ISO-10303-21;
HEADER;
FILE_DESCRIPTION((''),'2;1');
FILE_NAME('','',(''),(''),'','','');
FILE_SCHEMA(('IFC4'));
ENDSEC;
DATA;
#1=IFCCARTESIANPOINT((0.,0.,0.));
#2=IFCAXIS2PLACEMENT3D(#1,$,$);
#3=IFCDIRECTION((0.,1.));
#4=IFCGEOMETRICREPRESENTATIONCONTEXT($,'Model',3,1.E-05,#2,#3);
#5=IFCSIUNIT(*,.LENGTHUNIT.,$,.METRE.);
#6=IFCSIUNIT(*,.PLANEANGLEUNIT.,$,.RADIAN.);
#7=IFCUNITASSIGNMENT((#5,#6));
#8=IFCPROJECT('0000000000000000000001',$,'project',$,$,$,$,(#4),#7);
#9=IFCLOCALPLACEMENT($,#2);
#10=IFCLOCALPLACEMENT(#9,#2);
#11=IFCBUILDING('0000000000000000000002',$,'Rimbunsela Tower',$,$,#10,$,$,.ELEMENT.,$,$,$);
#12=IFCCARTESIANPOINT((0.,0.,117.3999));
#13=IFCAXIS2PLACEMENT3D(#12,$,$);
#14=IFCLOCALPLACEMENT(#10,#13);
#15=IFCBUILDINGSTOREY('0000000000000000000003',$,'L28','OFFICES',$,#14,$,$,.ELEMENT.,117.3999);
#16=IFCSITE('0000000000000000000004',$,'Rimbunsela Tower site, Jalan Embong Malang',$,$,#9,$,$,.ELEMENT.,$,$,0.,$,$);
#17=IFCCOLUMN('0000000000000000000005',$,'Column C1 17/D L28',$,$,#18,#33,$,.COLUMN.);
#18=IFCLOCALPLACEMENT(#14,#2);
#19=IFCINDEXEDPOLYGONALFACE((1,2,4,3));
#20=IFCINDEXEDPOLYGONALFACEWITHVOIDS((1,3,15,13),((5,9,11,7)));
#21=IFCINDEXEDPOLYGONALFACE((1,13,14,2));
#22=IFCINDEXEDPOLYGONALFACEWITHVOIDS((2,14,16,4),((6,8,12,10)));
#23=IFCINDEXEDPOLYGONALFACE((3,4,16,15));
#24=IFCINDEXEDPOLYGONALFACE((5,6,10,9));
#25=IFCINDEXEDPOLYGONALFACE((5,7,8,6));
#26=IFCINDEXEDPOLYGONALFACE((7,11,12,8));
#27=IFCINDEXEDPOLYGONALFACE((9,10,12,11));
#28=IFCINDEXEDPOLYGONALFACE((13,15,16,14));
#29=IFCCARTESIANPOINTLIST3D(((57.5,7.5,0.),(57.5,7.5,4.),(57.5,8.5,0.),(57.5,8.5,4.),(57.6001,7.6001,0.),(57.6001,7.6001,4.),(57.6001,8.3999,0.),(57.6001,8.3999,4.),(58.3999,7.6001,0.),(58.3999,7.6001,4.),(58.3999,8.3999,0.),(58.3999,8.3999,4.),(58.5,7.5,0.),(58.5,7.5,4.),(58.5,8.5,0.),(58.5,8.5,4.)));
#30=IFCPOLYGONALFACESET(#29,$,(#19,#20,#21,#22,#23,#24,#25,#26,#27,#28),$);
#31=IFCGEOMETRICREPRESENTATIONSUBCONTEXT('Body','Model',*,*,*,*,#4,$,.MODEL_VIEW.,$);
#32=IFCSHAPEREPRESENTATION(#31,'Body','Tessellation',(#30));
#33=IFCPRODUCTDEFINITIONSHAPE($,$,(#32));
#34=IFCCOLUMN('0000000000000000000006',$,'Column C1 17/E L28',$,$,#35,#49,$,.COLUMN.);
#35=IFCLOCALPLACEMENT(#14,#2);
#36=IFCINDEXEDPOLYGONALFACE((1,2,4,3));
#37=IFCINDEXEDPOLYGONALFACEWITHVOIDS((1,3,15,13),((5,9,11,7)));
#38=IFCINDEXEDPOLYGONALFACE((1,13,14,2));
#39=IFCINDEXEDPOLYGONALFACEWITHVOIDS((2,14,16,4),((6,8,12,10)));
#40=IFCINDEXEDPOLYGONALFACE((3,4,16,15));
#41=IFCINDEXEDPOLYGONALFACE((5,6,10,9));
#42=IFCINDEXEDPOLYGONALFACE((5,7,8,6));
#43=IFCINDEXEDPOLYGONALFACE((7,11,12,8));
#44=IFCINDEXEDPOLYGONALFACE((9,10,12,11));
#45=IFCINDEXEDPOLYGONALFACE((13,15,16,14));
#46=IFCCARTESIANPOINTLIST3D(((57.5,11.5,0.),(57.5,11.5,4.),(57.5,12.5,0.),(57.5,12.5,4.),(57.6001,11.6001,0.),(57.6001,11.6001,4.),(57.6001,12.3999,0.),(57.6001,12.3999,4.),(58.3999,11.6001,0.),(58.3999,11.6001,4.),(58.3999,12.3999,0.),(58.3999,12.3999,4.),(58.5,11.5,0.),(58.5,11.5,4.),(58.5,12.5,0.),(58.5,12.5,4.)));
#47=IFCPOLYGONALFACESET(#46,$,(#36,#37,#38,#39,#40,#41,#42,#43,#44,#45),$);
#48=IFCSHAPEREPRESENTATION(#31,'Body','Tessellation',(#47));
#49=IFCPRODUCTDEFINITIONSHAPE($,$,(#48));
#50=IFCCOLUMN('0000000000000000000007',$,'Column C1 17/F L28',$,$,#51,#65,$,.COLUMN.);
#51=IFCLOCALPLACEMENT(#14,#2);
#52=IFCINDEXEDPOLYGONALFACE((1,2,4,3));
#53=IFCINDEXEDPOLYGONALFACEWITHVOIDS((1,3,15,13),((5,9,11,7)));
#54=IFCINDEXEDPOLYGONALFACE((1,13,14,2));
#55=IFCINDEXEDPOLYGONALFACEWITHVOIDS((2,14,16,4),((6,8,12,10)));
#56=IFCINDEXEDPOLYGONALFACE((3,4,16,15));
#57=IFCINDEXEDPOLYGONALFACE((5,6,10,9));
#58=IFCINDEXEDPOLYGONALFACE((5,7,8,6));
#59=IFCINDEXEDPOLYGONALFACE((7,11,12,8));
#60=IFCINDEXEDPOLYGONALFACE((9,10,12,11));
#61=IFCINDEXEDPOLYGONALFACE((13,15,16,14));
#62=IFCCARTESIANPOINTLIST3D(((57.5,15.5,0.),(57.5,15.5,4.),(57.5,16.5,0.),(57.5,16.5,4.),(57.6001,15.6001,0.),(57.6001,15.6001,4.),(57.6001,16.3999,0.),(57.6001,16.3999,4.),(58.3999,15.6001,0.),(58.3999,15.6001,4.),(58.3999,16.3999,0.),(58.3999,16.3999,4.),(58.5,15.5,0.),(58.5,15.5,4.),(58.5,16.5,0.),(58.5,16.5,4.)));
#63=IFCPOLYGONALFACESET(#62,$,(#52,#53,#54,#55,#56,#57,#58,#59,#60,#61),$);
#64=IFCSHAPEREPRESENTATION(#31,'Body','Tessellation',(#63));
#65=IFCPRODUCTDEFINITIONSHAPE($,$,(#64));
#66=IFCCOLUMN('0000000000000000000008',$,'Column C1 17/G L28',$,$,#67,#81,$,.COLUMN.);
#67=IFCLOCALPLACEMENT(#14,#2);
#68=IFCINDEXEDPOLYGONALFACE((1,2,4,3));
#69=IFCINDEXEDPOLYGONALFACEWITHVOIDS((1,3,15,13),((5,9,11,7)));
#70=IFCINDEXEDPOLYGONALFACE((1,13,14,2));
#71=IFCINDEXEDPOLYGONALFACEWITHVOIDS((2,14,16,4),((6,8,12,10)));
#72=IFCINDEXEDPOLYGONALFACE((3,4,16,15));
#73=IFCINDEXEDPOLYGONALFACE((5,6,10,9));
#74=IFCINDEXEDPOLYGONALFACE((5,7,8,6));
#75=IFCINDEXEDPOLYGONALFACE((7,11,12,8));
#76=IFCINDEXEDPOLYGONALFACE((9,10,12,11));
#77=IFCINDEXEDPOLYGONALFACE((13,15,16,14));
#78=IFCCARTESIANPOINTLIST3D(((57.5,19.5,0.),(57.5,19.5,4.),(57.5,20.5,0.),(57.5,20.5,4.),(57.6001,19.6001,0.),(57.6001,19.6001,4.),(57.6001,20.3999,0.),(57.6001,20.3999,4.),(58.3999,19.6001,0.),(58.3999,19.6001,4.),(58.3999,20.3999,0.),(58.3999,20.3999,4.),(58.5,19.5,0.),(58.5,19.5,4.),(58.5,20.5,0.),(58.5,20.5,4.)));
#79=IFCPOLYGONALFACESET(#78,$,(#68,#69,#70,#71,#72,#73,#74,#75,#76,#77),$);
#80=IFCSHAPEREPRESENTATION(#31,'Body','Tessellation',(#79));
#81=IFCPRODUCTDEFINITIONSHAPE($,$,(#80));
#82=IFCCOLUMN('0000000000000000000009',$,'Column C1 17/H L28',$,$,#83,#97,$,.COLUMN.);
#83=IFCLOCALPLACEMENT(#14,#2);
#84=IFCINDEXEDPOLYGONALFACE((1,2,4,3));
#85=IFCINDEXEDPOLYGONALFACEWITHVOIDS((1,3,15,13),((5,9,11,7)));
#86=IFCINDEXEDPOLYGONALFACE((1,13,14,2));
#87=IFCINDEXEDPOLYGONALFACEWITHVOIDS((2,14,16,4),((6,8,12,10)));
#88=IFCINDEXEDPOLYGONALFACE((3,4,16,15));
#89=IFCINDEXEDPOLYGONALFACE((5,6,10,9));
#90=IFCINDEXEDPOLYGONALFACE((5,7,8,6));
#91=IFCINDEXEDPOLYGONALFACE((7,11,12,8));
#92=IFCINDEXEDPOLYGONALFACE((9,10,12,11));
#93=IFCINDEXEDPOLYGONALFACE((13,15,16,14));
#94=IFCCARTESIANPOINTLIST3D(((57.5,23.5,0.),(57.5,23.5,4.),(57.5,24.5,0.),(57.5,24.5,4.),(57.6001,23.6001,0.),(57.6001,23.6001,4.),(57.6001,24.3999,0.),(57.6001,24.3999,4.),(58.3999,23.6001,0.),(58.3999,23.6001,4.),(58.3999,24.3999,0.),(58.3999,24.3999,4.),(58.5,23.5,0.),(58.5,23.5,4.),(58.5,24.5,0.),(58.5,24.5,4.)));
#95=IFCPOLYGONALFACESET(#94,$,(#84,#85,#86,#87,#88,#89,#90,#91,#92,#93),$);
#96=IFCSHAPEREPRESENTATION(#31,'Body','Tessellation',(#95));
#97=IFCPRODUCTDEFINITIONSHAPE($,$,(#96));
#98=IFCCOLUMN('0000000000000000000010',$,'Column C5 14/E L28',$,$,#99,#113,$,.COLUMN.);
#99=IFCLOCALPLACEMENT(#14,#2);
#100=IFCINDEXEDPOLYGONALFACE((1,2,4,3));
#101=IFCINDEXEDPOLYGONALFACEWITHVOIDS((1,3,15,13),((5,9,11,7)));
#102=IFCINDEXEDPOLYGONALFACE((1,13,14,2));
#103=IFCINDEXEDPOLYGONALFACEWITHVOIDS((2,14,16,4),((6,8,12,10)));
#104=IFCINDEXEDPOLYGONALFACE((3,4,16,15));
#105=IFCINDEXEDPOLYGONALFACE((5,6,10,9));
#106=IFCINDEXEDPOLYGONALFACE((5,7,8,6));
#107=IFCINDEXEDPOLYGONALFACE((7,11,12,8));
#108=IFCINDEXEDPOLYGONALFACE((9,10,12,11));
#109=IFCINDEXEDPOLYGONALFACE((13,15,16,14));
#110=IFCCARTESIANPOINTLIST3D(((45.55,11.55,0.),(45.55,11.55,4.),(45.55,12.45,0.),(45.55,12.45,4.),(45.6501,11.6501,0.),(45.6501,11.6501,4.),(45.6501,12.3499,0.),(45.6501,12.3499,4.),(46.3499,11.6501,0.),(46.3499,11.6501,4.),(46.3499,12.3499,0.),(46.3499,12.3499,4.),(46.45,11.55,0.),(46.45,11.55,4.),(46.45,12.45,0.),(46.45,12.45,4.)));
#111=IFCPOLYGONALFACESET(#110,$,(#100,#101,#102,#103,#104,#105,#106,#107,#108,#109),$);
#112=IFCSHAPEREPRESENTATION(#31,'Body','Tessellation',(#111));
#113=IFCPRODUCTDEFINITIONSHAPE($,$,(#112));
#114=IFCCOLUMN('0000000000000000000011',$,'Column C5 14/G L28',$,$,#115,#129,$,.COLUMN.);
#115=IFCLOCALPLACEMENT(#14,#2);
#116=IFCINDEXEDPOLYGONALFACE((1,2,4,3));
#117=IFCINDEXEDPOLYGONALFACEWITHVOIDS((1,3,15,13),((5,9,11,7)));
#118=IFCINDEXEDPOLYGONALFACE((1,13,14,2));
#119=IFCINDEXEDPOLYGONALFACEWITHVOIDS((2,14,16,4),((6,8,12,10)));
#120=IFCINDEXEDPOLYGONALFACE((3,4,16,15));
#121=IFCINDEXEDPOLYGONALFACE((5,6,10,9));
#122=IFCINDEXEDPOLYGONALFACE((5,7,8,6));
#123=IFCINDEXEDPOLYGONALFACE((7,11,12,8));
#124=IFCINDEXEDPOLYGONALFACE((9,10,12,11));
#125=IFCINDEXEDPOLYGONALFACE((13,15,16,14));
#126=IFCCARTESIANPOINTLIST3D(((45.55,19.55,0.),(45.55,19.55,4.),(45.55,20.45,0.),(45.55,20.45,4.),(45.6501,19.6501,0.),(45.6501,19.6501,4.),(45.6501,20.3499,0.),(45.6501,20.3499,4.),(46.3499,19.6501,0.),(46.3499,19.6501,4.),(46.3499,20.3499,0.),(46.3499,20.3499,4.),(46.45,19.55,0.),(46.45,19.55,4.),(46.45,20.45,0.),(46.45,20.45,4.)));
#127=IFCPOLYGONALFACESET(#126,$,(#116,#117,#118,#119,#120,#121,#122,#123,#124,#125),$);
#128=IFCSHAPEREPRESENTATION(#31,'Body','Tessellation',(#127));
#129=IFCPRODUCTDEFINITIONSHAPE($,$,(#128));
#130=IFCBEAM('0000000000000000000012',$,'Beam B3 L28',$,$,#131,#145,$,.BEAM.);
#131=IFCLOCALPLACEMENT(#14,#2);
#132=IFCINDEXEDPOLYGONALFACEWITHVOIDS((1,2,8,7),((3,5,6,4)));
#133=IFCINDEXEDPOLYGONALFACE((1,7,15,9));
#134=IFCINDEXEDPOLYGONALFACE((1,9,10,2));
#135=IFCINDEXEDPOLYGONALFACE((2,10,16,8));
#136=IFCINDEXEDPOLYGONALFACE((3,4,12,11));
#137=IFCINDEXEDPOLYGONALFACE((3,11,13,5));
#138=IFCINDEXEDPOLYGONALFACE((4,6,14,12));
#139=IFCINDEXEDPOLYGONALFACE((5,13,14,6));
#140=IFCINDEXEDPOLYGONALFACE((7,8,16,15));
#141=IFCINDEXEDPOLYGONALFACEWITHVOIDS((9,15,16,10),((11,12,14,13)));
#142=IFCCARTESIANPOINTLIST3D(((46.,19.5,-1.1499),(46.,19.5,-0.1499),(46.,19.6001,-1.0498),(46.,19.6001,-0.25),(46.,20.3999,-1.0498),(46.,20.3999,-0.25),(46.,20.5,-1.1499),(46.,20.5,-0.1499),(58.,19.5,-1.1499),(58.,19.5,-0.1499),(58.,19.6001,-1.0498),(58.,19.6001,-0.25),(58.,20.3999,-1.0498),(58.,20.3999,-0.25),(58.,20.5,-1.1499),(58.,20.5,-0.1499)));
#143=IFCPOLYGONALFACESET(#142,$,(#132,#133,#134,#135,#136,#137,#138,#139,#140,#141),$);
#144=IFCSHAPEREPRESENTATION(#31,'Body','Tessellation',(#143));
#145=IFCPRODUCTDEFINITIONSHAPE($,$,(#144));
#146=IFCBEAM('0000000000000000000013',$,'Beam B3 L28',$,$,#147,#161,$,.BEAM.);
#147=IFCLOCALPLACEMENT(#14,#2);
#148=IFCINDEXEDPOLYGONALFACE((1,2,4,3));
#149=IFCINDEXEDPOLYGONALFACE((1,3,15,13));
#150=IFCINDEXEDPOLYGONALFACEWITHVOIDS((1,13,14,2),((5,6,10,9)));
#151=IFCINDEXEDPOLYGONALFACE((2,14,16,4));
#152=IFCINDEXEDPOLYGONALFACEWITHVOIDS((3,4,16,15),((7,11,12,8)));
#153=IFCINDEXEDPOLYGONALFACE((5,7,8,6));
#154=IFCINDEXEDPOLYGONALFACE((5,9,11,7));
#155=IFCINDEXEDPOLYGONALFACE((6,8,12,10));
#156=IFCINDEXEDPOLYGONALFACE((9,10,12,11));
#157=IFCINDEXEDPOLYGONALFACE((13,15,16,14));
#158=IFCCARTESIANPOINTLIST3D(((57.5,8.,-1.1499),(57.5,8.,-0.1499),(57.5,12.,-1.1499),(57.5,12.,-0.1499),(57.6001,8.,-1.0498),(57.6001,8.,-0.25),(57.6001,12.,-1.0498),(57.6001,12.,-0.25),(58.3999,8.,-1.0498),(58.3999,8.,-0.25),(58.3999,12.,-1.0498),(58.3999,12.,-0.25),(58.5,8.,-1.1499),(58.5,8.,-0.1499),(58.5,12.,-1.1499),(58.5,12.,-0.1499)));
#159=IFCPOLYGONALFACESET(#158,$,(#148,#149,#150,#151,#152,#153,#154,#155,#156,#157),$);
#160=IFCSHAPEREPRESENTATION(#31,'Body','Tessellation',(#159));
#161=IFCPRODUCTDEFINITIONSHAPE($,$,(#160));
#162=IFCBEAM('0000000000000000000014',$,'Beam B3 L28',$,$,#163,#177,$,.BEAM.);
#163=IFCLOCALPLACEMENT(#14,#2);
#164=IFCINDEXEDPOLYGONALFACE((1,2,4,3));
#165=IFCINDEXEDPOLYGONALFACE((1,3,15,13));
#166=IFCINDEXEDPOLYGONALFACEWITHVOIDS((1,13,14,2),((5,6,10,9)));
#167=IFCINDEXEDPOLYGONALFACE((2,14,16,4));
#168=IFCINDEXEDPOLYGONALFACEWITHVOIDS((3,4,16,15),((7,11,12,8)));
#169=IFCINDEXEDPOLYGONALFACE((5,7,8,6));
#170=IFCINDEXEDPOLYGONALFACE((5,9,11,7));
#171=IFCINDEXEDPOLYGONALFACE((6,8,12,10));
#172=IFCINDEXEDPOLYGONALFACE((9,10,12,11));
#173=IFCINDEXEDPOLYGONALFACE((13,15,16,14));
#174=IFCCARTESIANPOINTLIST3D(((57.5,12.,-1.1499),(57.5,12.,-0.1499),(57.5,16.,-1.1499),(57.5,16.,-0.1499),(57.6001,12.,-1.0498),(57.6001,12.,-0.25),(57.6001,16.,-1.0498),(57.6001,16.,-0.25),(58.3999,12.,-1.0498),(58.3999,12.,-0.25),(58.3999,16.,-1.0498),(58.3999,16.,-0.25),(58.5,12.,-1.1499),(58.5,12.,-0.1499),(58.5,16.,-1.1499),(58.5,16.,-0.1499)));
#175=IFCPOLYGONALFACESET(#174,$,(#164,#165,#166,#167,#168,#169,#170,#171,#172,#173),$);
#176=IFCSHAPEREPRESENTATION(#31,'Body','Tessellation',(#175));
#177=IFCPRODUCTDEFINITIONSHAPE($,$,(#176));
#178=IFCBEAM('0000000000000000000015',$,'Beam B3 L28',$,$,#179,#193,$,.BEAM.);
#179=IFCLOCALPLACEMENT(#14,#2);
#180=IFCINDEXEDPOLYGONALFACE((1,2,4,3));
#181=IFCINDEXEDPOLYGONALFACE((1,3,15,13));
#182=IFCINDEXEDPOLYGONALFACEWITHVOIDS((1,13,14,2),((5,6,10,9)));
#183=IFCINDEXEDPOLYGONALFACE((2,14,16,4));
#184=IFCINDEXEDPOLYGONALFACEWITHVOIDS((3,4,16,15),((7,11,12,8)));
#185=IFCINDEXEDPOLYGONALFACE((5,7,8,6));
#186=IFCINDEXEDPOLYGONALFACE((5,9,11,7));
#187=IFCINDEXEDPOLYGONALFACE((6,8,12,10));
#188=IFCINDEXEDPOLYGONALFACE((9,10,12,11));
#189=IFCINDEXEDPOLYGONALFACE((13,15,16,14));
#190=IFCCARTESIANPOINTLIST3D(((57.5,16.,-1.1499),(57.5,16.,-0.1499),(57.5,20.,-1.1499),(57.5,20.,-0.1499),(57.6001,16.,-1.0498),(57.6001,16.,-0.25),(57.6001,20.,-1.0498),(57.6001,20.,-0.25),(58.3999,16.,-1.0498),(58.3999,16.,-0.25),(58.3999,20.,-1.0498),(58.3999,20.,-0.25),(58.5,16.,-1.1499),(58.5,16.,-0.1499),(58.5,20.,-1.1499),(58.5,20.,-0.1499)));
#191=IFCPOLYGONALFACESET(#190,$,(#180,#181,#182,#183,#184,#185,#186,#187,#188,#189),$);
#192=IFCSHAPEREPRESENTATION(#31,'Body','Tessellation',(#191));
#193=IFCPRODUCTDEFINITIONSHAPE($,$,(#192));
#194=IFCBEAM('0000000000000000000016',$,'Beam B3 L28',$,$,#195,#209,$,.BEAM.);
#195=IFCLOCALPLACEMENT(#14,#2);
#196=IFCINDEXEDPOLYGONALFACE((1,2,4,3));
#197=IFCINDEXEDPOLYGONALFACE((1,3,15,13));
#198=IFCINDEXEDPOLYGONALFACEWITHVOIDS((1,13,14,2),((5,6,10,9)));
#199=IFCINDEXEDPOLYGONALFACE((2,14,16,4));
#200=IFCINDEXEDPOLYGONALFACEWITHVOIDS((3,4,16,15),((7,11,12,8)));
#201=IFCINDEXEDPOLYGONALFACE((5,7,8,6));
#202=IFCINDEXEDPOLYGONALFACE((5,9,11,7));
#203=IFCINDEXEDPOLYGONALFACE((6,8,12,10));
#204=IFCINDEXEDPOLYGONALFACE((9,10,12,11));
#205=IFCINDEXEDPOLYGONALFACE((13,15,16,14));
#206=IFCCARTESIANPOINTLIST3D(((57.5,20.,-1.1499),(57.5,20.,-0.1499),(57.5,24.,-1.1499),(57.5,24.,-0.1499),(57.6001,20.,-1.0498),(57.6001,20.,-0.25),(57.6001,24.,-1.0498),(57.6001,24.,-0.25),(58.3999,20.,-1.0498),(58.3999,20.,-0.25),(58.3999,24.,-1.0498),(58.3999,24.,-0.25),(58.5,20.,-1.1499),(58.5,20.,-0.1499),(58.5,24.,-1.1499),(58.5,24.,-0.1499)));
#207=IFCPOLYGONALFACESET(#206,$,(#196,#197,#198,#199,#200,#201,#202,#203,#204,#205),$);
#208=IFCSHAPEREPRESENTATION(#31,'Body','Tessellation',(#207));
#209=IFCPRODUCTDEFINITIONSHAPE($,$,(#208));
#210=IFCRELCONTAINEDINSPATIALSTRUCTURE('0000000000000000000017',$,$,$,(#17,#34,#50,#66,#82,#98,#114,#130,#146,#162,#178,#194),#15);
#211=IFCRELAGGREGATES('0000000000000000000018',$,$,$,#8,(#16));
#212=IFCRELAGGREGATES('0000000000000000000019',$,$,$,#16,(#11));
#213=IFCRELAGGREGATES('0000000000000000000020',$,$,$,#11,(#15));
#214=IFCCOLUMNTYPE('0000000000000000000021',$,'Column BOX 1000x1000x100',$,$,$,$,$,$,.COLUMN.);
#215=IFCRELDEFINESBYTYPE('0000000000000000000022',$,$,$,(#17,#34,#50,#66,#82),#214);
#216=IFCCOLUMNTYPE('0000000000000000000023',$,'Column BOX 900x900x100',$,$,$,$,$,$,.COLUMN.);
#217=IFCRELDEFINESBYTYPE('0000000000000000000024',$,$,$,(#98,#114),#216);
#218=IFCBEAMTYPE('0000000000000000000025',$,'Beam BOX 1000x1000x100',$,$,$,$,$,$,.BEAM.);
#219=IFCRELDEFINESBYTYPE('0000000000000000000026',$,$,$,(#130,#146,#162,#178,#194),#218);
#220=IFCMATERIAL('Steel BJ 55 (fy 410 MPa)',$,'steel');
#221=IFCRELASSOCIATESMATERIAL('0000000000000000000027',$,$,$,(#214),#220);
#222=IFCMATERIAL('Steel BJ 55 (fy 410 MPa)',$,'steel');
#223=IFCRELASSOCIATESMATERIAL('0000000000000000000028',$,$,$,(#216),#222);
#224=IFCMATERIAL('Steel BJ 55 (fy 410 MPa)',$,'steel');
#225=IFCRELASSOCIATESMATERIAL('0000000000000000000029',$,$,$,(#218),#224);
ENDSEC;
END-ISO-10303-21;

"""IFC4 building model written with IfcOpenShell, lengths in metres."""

from ifc_helpers import new_model, si_unit, direction, frame, origin, origin_2d, place, context, subcontext, project, spatial, hollow_rectangle, extrude, material, material_profile, profile_set, type_object, element, save


model = new_model("IFC4")

# Units and contexts
model_context = context("Model", 3, precision=1e-05, world=origin(), true_north=direction((0.0, 1.0)))
body_context = subcontext(model_context, "Body", "Model", "MODEL_VIEW")
ifc_project = project(units=[si_unit("LENGTHUNIT", "METRE"), si_unit("PLANEANGLEUNIT", "RADIAN")], contexts=[model_context])

# Site, building, storey
site_placement = place(None, origin())
site = spatial("IfcSite", under=ifc_project, at=site_placement, Name="Rimbunsela Tower site, Jalan Embong Malang", CompositionType="ELEMENT", RefElevation=0.0)
building_placement = place(site_placement, origin())
building = spatial("IfcBuilding", under=site, at=building_placement, Name="Rimbunsela Tower", CompositionType="ELEMENT")
storey_placement = place(building_placement, frame((0.0, 0.0, 117.3999)))
storey = spatial("IfcBuildingStorey", under=building, at=storey_placement, Name="L28", Description="OFFICES", CompositionType="ELEMENT", Elevation=117.3999)

# Columns
ifc_material_1 = material(Name="Steel BJ 55 (fy 410 MPa)", Category="steel")
ifc_material_profile_1 = material_profile(ifc_material_1, hollow_rectangle(XDim=1.0, YDim=1.0, WallThickness=0.1001, at=origin_2d()), Name="BOX 1000x1000x100")
ifc_profile_set_1 = profile_set([ifc_material_profile_1], Name="Steel BJ 55 (fy 410 MPa)")
column_type_1 = type_object("IfcColumnType", Name="Column BOX 1000x1000x100", PredefinedType="COLUMN", material=ifc_profile_set_1)
for number, where, z_axis, x_axis, name in (
    (1, (58.0, 8.0, 0.0), (0.0, 0.0, 1.0), (1.0, 0.0, 0.0), "Column C1 17/D L28"),
    (2, (58.0, 12.0, 0.0), (0.0, 0.0, 1.0), (1.0, 0.0, 0.0), "Column C1 17/E L28"),
    (3, (58.0, 16.0, 0.0), (0.0, 0.0, 1.0), (1.0, 0.0, 0.0), "Column C1 17/F L28"),
    (4, (58.0, 20.0, 0.0), (0.0, 0.0, 1.0), (1.0, 0.0, 0.0), "Column C1 17/G L28"),
    (5, (58.0, 24.0, 0.0), (0.0, 0.0, 1.0), (1.0, 0.0, 0.0), "Column C1 17/H L28"),
):
    element("IfcColumn", number, at=place(storey_placement, frame(where, z_axis=z_axis, x_axis=x_axis)), inside=storey, type_object=column_type_1, Name=name, PredefinedType="COLUMN", context=body_context, shape_type="SweptSolid", body=[
        extrude(hollow_rectangle(XDim=1.0, YDim=1.0, WallThickness=0.1001, at=origin_2d()), origin(), (0.0, 0.0, 1.0), 4.0),
    ])
ifc_material_2 = material(Name="Steel BJ 55 (fy 410 MPa)", Category="steel")
ifc_material_profile_2 = material_profile(ifc_material_2, hollow_rectangle(XDim=0.8999, YDim=0.8999, WallThickness=0.1001, at=origin_2d()), Name="BOX 900x900x100")
ifc_profile_set_2 = profile_set([ifc_material_profile_2], Name="Steel BJ 55 (fy 410 MPa)")
column_type_2 = type_object("IfcColumnType", Name="Column BOX 900x900x100", PredefinedType="COLUMN", material=ifc_profile_set_2)
for number, where, z_axis, x_axis, name in (
    (6, (46.0, 12.0, 0.0), (0.0, 0.0, 1.0), (1.0, 0.0, 0.0), "Column C5 14/E L28"),
    (7, (46.0, 20.0, 0.0), (0.0, 0.0, 1.0), (1.0, 0.0, 0.0), "Column C5 14/G L28"),
):
    element("IfcColumn", number, at=place(storey_placement, frame(where, z_axis=z_axis, x_axis=x_axis)), inside=storey, type_object=column_type_2, Name=name, PredefinedType="COLUMN", context=body_context, shape_type="SweptSolid", body=[
        extrude(hollow_rectangle(XDim=0.8999, YDim=0.8999, WallThickness=0.1001, at=origin_2d()), origin(), (0.0, 0.0, 1.0), 4.0),
    ])

# Beams
ifc_material_3 = material(Name="Steel BJ 55 (fy 410 MPa)", Category="steel")
ifc_material_profile_3 = material_profile(ifc_material_3, hollow_rectangle(XDim=1.0, YDim=1.0, WallThickness=0.1001, at=origin_2d()), Name="BOX 1000x1000x100")
ifc_profile_set_3 = profile_set([ifc_material_profile_3], Name="Steel BJ 55 (fy 410 MPa)")
beam_type_1 = type_object("IfcBeamType", Name="Beam BOX 1000x1000x100", PredefinedType="BEAM", material=ifc_profile_set_3)
beam_1_placement = place(storey_placement, frame((46.0, 20.0, -0.6499), z_axis=(1.0, 0.0, 0.0), x_axis=(0.0, 1.0, 0.0)))
element("IfcBeam", 8, at=beam_1_placement, inside=storey, type_object=beam_type_1, Name="Beam B3 L28", PredefinedType="BEAM", context=body_context, shape_type="SweptSolid", body=[
    extrude(hollow_rectangle(XDim=1.0, YDim=1.0, WallThickness=0.1001, at=origin_2d()), origin(), (0.0, 0.0, 1.0), 12.0),
])
for number, where, z_axis, x_axis, name in (
    (9, (58.0, 8.0, -0.6499), (0.0, 1.0, 0.0), (-1.0, 0.0, 0.0), "Beam B3 L28"),
    (10, (58.0, 12.0, -0.6499), (0.0, 1.0, 0.0), (-1.0, 0.0, 0.0), "Beam B3 L28"),
    (11, (58.0, 16.0, -0.6499), (0.0, 1.0, 0.0), (-1.0, 0.0, 0.0), "Beam B3 L28"),
    (12, (58.0, 20.0, -0.6499), (0.0, 1.0, 0.0), (-1.0, 0.0, 0.0), "Beam B3 L28"),
):
    element("IfcBeam", number, at=place(storey_placement, frame(where, z_axis=z_axis, x_axis=x_axis)), inside=storey, type_object=beam_type_1, Name=name, PredefinedType="BEAM", context=body_context, shape_type="SweptSolid", body=[
        extrude(hollow_rectangle(XDim=1.0, YDim=1.0, WallThickness=0.1001, at=origin_2d()), origin(), (0.0, 0.0, 1.0), 4.0),
    ])

save(model, "model.ifc")
